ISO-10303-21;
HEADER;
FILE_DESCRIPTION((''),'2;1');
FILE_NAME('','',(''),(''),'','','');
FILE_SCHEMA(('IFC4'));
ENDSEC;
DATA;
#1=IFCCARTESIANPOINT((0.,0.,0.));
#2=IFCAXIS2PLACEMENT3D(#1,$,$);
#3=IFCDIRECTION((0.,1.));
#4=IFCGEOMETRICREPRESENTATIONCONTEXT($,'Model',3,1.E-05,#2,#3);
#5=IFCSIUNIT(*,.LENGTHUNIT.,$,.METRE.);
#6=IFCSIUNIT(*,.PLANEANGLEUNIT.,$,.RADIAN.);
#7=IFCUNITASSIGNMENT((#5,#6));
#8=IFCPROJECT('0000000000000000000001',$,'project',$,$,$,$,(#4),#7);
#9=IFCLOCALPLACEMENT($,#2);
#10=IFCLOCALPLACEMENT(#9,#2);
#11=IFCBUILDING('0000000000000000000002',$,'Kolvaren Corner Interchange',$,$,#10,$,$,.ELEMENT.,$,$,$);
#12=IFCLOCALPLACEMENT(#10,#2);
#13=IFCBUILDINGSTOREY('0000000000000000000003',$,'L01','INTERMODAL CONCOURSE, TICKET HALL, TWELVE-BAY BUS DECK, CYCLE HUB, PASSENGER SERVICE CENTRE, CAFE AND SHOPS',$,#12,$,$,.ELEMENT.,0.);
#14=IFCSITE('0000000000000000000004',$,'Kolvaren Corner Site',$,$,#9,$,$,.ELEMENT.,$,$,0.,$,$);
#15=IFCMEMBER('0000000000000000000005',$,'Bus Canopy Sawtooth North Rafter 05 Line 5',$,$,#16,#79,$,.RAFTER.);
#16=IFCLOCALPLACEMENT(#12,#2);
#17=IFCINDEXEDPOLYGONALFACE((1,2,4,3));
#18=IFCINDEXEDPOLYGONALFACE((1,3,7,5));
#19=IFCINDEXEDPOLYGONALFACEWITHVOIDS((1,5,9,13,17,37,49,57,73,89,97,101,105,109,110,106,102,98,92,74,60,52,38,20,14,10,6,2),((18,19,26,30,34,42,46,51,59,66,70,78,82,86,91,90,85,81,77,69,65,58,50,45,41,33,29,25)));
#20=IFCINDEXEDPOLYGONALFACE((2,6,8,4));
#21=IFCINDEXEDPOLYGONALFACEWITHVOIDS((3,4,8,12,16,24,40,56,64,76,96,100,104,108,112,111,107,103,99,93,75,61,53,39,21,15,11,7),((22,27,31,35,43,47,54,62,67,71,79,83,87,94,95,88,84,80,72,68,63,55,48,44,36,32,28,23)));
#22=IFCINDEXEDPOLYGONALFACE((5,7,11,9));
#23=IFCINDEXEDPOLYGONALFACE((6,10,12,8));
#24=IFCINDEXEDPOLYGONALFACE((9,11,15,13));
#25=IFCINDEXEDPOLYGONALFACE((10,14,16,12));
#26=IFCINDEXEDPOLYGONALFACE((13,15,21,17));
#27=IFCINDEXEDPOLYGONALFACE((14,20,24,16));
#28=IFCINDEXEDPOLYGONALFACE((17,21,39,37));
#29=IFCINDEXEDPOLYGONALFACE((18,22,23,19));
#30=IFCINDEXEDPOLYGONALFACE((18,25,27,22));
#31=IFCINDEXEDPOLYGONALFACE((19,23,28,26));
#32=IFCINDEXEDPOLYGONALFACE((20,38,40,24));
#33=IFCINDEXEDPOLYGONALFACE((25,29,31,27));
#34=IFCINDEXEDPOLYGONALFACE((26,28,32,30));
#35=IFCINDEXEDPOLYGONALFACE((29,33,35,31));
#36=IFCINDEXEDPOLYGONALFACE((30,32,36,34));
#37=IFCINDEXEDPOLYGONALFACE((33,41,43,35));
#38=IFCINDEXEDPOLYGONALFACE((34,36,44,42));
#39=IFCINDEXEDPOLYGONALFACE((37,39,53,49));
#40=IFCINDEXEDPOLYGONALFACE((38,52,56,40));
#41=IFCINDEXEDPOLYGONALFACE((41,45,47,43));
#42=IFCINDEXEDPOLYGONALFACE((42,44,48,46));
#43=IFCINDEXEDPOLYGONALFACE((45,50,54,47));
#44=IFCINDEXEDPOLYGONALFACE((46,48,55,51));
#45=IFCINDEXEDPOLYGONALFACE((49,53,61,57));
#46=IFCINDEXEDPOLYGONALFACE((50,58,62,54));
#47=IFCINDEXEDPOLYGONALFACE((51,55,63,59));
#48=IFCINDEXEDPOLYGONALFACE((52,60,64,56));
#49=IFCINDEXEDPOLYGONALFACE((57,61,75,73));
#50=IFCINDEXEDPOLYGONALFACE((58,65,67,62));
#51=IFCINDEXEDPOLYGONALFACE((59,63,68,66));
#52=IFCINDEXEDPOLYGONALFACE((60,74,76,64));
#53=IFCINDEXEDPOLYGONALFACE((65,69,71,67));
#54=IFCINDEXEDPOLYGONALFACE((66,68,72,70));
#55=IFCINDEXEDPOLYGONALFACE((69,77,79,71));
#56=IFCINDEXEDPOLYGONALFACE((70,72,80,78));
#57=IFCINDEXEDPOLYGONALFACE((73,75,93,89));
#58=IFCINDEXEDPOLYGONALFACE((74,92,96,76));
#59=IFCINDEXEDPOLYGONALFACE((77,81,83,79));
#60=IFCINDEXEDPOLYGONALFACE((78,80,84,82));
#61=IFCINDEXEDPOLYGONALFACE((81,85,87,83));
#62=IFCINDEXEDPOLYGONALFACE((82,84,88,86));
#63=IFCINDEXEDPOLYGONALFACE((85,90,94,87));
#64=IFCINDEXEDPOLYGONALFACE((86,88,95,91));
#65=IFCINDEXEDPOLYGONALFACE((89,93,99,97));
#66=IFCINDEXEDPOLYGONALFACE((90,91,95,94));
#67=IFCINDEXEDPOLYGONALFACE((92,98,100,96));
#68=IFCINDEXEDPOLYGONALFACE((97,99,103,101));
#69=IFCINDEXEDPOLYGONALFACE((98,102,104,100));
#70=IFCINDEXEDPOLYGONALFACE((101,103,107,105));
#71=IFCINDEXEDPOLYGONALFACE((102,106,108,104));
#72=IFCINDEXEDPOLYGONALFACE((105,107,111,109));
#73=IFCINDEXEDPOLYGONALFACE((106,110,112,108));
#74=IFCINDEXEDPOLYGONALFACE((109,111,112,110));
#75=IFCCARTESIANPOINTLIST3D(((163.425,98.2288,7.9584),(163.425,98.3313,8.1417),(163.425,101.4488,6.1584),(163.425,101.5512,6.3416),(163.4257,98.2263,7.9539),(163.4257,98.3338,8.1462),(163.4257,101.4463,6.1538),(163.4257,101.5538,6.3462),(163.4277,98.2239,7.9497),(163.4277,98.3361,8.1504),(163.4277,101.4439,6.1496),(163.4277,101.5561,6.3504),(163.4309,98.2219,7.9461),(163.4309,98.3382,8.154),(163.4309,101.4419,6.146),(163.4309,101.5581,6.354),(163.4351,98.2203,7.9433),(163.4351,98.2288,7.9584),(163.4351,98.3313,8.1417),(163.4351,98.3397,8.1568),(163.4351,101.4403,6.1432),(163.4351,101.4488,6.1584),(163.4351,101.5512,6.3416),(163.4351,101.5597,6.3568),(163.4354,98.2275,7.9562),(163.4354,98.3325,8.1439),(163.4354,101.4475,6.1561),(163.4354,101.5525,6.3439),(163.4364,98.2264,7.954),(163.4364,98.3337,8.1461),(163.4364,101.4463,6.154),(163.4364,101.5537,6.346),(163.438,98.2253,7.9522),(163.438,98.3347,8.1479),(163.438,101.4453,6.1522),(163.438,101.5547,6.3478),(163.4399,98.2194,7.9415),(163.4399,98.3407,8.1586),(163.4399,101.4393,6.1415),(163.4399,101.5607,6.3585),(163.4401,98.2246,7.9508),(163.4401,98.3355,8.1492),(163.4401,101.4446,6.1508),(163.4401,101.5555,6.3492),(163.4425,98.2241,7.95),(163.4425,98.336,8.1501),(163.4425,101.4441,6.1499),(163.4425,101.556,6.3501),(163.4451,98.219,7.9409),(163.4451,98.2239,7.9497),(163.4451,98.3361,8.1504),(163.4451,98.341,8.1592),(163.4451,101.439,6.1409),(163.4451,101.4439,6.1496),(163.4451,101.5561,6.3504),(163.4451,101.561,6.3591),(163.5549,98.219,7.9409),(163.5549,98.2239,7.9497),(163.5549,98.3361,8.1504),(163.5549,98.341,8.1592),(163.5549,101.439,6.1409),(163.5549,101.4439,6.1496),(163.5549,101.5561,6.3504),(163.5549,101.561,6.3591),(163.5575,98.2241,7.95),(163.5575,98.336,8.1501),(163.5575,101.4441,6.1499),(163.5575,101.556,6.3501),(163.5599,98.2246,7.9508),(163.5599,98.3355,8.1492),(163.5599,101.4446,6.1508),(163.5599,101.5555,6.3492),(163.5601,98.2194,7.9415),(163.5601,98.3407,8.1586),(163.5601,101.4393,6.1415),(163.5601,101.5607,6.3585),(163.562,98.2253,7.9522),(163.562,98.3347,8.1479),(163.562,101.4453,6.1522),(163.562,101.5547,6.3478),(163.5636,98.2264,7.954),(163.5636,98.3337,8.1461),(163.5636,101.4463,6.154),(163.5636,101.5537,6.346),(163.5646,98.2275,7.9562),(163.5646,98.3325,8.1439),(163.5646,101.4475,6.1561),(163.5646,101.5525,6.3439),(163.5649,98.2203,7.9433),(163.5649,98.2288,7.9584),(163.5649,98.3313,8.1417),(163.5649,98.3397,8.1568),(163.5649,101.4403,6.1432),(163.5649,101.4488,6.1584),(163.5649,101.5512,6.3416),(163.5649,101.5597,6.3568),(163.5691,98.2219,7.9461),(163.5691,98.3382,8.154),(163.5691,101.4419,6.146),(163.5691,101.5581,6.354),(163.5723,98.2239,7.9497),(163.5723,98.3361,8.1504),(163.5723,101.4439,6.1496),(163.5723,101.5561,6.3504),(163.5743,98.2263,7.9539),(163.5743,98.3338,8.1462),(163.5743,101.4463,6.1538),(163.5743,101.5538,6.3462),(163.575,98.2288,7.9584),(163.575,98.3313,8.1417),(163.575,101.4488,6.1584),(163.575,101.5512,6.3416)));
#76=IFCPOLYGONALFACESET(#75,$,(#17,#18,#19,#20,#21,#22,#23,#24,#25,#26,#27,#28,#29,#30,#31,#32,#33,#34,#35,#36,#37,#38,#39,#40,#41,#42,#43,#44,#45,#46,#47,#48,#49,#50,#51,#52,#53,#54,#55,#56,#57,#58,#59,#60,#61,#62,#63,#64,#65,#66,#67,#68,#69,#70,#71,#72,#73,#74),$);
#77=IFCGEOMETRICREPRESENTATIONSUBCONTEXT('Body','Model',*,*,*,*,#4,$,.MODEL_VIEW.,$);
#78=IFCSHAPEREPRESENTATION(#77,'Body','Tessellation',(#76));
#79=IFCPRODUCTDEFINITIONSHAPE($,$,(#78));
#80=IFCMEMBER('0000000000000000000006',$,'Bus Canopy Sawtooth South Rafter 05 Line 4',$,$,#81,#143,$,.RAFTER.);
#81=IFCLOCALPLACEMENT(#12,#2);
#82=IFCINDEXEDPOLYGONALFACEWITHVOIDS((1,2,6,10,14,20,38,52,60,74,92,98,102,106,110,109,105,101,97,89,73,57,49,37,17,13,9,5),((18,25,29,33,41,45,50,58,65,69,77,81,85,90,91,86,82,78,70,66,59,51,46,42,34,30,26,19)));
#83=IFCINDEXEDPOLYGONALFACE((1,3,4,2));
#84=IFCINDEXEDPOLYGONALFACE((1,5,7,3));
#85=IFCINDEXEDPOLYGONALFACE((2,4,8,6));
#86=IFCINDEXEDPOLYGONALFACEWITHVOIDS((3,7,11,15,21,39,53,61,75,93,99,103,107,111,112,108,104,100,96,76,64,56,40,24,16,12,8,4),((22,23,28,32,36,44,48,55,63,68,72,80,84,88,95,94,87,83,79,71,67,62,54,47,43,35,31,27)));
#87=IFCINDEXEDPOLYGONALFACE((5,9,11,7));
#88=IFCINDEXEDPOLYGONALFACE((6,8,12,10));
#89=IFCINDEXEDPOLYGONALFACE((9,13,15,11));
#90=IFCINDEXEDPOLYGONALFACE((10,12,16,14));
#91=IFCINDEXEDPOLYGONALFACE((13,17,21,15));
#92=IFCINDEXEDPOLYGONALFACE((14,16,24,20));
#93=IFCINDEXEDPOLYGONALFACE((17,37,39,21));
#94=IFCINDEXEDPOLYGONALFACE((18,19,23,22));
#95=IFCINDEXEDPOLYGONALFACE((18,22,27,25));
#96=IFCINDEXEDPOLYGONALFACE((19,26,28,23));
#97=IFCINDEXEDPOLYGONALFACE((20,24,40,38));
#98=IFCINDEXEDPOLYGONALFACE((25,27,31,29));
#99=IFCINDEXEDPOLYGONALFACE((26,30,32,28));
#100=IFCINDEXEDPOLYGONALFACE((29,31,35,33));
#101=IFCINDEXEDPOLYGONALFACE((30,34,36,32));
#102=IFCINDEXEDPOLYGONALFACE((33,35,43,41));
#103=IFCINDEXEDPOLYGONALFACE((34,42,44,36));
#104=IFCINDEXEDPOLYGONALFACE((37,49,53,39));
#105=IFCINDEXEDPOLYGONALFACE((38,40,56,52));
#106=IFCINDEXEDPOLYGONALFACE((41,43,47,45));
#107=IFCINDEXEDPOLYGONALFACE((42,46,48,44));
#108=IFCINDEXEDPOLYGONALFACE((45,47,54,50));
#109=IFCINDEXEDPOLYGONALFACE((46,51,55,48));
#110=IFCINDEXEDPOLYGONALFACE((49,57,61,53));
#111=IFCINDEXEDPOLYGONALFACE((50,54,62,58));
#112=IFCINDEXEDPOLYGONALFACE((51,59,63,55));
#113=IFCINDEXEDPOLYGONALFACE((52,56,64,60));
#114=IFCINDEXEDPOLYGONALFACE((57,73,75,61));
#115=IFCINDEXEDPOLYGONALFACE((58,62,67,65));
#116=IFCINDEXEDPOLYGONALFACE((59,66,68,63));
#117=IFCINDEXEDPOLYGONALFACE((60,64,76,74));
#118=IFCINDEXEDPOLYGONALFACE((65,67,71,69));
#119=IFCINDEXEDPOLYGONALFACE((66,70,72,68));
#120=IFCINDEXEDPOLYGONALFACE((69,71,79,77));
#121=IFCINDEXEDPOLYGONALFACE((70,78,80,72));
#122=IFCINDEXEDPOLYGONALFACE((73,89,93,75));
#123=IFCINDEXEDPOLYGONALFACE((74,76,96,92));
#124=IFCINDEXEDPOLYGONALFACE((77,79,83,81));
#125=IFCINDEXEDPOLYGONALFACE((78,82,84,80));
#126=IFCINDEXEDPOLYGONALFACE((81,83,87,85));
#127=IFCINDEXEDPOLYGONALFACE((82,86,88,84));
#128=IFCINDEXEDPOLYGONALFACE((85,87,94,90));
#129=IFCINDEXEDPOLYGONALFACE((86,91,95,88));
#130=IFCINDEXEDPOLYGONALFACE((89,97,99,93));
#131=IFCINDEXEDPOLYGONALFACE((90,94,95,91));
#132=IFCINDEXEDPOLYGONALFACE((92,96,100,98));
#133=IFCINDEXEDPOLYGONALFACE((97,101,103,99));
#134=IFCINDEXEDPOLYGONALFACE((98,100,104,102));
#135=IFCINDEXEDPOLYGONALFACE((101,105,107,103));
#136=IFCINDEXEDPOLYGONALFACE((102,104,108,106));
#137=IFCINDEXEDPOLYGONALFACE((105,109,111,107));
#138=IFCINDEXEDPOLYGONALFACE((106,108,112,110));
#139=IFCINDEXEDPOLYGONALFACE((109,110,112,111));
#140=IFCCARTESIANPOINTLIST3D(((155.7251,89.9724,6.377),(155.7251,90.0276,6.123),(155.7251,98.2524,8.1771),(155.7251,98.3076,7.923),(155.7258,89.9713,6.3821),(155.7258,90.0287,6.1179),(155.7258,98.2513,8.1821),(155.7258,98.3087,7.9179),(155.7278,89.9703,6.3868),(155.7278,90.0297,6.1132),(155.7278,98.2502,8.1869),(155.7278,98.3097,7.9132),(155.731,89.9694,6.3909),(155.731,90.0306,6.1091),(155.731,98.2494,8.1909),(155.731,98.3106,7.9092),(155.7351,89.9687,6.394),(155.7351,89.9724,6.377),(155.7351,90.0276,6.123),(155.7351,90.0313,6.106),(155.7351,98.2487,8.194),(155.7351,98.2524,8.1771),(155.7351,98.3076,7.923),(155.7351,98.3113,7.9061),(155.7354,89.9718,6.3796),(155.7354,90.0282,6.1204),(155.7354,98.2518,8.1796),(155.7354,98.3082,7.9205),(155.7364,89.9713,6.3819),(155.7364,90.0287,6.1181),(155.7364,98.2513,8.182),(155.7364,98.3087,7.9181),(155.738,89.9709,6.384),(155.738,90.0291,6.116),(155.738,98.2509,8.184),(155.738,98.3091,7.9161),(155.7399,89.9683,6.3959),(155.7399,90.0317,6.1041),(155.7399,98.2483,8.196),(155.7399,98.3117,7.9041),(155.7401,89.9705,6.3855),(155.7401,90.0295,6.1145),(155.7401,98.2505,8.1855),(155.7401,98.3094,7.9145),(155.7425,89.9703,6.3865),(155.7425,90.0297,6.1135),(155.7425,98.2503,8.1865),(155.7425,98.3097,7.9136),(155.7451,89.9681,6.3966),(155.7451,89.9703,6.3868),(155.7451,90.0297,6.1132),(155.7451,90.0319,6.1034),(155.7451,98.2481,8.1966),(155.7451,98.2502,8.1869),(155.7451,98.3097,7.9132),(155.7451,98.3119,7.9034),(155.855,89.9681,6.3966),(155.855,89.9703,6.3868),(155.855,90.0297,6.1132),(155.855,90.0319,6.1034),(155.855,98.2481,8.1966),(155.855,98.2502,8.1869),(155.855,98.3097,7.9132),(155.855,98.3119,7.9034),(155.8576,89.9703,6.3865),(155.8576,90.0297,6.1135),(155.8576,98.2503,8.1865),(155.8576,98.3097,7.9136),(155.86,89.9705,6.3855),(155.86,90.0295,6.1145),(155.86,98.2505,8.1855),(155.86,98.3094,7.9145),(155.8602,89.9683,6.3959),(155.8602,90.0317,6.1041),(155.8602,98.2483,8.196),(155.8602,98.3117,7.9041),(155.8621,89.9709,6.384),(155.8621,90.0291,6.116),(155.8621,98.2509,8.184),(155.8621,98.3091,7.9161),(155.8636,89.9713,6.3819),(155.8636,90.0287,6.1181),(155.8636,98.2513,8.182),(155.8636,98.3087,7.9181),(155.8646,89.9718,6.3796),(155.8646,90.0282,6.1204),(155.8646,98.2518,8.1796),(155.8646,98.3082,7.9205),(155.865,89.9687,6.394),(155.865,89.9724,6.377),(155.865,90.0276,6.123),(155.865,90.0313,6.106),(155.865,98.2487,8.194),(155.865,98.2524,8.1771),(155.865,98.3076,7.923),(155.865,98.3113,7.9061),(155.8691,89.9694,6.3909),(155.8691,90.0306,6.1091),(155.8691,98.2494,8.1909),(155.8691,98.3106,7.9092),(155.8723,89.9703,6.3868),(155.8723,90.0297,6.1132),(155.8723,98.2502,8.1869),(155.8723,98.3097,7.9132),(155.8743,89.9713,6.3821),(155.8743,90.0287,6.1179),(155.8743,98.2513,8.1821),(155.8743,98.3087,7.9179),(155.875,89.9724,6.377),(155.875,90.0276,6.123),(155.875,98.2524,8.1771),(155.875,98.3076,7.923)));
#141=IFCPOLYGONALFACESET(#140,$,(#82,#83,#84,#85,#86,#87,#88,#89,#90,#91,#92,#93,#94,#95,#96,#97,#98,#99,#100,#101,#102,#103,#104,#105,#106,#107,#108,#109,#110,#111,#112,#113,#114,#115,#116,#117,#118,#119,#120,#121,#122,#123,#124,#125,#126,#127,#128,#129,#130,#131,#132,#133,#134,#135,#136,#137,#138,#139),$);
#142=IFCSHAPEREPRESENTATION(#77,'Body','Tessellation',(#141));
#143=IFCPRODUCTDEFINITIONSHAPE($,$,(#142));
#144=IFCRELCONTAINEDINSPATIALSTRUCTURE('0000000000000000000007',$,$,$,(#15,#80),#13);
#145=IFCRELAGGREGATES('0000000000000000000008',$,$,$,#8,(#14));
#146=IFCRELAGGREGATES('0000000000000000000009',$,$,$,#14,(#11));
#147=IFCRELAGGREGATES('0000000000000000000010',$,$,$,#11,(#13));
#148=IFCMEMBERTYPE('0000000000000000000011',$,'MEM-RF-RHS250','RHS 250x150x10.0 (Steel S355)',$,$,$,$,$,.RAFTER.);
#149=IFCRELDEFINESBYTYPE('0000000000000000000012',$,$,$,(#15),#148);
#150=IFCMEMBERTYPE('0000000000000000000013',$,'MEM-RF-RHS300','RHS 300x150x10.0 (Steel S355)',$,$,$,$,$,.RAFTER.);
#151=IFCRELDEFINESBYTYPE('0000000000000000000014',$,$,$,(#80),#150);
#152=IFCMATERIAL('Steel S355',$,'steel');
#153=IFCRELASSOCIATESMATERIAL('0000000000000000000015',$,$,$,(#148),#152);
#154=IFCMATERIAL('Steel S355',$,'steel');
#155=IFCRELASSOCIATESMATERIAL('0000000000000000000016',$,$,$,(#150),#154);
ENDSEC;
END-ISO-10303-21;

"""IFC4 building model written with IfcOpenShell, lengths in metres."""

from ifc_helpers import new_model, si_unit, direction, frame, origin, origin_2d, place, context, subcontext, project, spatial, hollow_rectangle, extrude, material, material_profile, profile_set, type_object, element, save


model = new_model("IFC4")

# Units and contexts
model_context = context("Model", 3, precision=1e-05, world=origin(), true_north=direction((0.0, 1.0)))
body_context = subcontext(model_context, "Body", "Model", "MODEL_VIEW")
ifc_project = project(units=[si_unit("LENGTHUNIT", "METRE"), si_unit("PLANEANGLEUNIT", "RADIAN")], contexts=[model_context])

# Site, building, storey
site_placement = place(None, origin())
site = spatial("IfcSite", under=ifc_project, at=site_placement, Name="Kolvaren Corner Site", CompositionType="ELEMENT", RefElevation=0.0)
building_placement = place(site_placement, origin())
building = spatial("IfcBuilding", under=site, at=building_placement, Name="Kolvaren Corner Interchange", CompositionType="ELEMENT")
storey_placement = place(building_placement, origin())
storey = spatial("IfcBuildingStorey", under=building, at=storey_placement, Name="L01", Description="INTERMODAL CONCOURSE, TICKET HALL, TWELVE-BAY BUS DECK, CYCLE HUB, PASSENGER SERVICE CENTRE, CAFE AND SHOPS", CompositionType="ELEMENT", Elevation=0.0)

# Members
ifc_material_1 = material(Name="Steel S355", Category="steel")
ifc_material_profile_1 = material_profile(ifc_material_1, hollow_rectangle(XDim=0.1499, YDim=0.25, WallThickness=0.01, InnerFilletRadius=0.01, OuterFilletRadius=0.02, at=origin_2d()), Name="RHS 250x150x10.0")
ifc_profile_set_1 = profile_set([ifc_material_profile_1], Name="Steel S355")
member_type_1 = type_object("IfcMemberType", Name="MEM-RF-RHS250", Description="RHS 250x150x10.0 (Steel S355)", PredefinedType="RAFTER", material=ifc_profile_set_1)
for number, where, z_axis, x_axis, name in (
    (1, (163.5, 98.28, 8.05), (0.0, 0.872868, -0.487956), (-1.0, 0.0, 0.0), "Bus Canopy Sawtooth North Rafter 05 Line 5"),
):
    element("IfcMember", number, at=place(storey_placement, frame(where, z_axis=z_axis, x_axis=x_axis)), inside=storey, type_object=member_type_1, Name=name, PredefinedType="RAFTER", context=body_context, shape_type="SweptSolid", body=[
        extrude(hollow_rectangle(XDim=0.1499, YDim=0.25, WallThickness=0.01, InnerFilletRadius=0.01, OuterFilletRadius=0.02, at=origin_2d()), origin(), (0.0, 0.0, 1.0), 3.689),
    ])
ifc_material_2 = material(Name="Steel S355", Category="steel")
ifc_material_profile_2 = material_profile(ifc_material_2, hollow_rectangle(XDim=0.1499, YDim=0.3, WallThickness=0.01, InnerFilletRadius=0.01, OuterFilletRadius=0.02, at=origin_2d()), Name="RHS 300x150x10.0")
ifc_profile_set_2 = profile_set([ifc_material_profile_2], Name="Steel S355")
member_type_2 = type_object("IfcMemberType", Name="MEM-RF-RHS300", Description="RHS 300x150x10.0 (Steel S355)", PredefinedType="RAFTER", material=ifc_profile_set_2)
for number, where, z_axis, x_axis, name in (
    (2, (155.8, 90.0, 6.25), (0.0, 0.977175, 0.212434), (-1.0, 0.0, 0.0), "Bus Canopy Sawtooth South Rafter 05 Line 4"),
):
    element("IfcMember", number, at=place(storey_placement, frame(where, z_axis=z_axis, x_axis=x_axis)), inside=storey, type_object=member_type_2, Name=name, PredefinedType="RAFTER", context=body_context, shape_type="SweptSolid", body=[
        extrude(hollow_rectangle(XDim=0.1499, YDim=0.3, WallThickness=0.01, InnerFilletRadius=0.01, OuterFilletRadius=0.02, at=origin_2d()), origin(), (0.0, 0.0, 1.0), 8.4734),
    ])

save(model, "model.ifc")
